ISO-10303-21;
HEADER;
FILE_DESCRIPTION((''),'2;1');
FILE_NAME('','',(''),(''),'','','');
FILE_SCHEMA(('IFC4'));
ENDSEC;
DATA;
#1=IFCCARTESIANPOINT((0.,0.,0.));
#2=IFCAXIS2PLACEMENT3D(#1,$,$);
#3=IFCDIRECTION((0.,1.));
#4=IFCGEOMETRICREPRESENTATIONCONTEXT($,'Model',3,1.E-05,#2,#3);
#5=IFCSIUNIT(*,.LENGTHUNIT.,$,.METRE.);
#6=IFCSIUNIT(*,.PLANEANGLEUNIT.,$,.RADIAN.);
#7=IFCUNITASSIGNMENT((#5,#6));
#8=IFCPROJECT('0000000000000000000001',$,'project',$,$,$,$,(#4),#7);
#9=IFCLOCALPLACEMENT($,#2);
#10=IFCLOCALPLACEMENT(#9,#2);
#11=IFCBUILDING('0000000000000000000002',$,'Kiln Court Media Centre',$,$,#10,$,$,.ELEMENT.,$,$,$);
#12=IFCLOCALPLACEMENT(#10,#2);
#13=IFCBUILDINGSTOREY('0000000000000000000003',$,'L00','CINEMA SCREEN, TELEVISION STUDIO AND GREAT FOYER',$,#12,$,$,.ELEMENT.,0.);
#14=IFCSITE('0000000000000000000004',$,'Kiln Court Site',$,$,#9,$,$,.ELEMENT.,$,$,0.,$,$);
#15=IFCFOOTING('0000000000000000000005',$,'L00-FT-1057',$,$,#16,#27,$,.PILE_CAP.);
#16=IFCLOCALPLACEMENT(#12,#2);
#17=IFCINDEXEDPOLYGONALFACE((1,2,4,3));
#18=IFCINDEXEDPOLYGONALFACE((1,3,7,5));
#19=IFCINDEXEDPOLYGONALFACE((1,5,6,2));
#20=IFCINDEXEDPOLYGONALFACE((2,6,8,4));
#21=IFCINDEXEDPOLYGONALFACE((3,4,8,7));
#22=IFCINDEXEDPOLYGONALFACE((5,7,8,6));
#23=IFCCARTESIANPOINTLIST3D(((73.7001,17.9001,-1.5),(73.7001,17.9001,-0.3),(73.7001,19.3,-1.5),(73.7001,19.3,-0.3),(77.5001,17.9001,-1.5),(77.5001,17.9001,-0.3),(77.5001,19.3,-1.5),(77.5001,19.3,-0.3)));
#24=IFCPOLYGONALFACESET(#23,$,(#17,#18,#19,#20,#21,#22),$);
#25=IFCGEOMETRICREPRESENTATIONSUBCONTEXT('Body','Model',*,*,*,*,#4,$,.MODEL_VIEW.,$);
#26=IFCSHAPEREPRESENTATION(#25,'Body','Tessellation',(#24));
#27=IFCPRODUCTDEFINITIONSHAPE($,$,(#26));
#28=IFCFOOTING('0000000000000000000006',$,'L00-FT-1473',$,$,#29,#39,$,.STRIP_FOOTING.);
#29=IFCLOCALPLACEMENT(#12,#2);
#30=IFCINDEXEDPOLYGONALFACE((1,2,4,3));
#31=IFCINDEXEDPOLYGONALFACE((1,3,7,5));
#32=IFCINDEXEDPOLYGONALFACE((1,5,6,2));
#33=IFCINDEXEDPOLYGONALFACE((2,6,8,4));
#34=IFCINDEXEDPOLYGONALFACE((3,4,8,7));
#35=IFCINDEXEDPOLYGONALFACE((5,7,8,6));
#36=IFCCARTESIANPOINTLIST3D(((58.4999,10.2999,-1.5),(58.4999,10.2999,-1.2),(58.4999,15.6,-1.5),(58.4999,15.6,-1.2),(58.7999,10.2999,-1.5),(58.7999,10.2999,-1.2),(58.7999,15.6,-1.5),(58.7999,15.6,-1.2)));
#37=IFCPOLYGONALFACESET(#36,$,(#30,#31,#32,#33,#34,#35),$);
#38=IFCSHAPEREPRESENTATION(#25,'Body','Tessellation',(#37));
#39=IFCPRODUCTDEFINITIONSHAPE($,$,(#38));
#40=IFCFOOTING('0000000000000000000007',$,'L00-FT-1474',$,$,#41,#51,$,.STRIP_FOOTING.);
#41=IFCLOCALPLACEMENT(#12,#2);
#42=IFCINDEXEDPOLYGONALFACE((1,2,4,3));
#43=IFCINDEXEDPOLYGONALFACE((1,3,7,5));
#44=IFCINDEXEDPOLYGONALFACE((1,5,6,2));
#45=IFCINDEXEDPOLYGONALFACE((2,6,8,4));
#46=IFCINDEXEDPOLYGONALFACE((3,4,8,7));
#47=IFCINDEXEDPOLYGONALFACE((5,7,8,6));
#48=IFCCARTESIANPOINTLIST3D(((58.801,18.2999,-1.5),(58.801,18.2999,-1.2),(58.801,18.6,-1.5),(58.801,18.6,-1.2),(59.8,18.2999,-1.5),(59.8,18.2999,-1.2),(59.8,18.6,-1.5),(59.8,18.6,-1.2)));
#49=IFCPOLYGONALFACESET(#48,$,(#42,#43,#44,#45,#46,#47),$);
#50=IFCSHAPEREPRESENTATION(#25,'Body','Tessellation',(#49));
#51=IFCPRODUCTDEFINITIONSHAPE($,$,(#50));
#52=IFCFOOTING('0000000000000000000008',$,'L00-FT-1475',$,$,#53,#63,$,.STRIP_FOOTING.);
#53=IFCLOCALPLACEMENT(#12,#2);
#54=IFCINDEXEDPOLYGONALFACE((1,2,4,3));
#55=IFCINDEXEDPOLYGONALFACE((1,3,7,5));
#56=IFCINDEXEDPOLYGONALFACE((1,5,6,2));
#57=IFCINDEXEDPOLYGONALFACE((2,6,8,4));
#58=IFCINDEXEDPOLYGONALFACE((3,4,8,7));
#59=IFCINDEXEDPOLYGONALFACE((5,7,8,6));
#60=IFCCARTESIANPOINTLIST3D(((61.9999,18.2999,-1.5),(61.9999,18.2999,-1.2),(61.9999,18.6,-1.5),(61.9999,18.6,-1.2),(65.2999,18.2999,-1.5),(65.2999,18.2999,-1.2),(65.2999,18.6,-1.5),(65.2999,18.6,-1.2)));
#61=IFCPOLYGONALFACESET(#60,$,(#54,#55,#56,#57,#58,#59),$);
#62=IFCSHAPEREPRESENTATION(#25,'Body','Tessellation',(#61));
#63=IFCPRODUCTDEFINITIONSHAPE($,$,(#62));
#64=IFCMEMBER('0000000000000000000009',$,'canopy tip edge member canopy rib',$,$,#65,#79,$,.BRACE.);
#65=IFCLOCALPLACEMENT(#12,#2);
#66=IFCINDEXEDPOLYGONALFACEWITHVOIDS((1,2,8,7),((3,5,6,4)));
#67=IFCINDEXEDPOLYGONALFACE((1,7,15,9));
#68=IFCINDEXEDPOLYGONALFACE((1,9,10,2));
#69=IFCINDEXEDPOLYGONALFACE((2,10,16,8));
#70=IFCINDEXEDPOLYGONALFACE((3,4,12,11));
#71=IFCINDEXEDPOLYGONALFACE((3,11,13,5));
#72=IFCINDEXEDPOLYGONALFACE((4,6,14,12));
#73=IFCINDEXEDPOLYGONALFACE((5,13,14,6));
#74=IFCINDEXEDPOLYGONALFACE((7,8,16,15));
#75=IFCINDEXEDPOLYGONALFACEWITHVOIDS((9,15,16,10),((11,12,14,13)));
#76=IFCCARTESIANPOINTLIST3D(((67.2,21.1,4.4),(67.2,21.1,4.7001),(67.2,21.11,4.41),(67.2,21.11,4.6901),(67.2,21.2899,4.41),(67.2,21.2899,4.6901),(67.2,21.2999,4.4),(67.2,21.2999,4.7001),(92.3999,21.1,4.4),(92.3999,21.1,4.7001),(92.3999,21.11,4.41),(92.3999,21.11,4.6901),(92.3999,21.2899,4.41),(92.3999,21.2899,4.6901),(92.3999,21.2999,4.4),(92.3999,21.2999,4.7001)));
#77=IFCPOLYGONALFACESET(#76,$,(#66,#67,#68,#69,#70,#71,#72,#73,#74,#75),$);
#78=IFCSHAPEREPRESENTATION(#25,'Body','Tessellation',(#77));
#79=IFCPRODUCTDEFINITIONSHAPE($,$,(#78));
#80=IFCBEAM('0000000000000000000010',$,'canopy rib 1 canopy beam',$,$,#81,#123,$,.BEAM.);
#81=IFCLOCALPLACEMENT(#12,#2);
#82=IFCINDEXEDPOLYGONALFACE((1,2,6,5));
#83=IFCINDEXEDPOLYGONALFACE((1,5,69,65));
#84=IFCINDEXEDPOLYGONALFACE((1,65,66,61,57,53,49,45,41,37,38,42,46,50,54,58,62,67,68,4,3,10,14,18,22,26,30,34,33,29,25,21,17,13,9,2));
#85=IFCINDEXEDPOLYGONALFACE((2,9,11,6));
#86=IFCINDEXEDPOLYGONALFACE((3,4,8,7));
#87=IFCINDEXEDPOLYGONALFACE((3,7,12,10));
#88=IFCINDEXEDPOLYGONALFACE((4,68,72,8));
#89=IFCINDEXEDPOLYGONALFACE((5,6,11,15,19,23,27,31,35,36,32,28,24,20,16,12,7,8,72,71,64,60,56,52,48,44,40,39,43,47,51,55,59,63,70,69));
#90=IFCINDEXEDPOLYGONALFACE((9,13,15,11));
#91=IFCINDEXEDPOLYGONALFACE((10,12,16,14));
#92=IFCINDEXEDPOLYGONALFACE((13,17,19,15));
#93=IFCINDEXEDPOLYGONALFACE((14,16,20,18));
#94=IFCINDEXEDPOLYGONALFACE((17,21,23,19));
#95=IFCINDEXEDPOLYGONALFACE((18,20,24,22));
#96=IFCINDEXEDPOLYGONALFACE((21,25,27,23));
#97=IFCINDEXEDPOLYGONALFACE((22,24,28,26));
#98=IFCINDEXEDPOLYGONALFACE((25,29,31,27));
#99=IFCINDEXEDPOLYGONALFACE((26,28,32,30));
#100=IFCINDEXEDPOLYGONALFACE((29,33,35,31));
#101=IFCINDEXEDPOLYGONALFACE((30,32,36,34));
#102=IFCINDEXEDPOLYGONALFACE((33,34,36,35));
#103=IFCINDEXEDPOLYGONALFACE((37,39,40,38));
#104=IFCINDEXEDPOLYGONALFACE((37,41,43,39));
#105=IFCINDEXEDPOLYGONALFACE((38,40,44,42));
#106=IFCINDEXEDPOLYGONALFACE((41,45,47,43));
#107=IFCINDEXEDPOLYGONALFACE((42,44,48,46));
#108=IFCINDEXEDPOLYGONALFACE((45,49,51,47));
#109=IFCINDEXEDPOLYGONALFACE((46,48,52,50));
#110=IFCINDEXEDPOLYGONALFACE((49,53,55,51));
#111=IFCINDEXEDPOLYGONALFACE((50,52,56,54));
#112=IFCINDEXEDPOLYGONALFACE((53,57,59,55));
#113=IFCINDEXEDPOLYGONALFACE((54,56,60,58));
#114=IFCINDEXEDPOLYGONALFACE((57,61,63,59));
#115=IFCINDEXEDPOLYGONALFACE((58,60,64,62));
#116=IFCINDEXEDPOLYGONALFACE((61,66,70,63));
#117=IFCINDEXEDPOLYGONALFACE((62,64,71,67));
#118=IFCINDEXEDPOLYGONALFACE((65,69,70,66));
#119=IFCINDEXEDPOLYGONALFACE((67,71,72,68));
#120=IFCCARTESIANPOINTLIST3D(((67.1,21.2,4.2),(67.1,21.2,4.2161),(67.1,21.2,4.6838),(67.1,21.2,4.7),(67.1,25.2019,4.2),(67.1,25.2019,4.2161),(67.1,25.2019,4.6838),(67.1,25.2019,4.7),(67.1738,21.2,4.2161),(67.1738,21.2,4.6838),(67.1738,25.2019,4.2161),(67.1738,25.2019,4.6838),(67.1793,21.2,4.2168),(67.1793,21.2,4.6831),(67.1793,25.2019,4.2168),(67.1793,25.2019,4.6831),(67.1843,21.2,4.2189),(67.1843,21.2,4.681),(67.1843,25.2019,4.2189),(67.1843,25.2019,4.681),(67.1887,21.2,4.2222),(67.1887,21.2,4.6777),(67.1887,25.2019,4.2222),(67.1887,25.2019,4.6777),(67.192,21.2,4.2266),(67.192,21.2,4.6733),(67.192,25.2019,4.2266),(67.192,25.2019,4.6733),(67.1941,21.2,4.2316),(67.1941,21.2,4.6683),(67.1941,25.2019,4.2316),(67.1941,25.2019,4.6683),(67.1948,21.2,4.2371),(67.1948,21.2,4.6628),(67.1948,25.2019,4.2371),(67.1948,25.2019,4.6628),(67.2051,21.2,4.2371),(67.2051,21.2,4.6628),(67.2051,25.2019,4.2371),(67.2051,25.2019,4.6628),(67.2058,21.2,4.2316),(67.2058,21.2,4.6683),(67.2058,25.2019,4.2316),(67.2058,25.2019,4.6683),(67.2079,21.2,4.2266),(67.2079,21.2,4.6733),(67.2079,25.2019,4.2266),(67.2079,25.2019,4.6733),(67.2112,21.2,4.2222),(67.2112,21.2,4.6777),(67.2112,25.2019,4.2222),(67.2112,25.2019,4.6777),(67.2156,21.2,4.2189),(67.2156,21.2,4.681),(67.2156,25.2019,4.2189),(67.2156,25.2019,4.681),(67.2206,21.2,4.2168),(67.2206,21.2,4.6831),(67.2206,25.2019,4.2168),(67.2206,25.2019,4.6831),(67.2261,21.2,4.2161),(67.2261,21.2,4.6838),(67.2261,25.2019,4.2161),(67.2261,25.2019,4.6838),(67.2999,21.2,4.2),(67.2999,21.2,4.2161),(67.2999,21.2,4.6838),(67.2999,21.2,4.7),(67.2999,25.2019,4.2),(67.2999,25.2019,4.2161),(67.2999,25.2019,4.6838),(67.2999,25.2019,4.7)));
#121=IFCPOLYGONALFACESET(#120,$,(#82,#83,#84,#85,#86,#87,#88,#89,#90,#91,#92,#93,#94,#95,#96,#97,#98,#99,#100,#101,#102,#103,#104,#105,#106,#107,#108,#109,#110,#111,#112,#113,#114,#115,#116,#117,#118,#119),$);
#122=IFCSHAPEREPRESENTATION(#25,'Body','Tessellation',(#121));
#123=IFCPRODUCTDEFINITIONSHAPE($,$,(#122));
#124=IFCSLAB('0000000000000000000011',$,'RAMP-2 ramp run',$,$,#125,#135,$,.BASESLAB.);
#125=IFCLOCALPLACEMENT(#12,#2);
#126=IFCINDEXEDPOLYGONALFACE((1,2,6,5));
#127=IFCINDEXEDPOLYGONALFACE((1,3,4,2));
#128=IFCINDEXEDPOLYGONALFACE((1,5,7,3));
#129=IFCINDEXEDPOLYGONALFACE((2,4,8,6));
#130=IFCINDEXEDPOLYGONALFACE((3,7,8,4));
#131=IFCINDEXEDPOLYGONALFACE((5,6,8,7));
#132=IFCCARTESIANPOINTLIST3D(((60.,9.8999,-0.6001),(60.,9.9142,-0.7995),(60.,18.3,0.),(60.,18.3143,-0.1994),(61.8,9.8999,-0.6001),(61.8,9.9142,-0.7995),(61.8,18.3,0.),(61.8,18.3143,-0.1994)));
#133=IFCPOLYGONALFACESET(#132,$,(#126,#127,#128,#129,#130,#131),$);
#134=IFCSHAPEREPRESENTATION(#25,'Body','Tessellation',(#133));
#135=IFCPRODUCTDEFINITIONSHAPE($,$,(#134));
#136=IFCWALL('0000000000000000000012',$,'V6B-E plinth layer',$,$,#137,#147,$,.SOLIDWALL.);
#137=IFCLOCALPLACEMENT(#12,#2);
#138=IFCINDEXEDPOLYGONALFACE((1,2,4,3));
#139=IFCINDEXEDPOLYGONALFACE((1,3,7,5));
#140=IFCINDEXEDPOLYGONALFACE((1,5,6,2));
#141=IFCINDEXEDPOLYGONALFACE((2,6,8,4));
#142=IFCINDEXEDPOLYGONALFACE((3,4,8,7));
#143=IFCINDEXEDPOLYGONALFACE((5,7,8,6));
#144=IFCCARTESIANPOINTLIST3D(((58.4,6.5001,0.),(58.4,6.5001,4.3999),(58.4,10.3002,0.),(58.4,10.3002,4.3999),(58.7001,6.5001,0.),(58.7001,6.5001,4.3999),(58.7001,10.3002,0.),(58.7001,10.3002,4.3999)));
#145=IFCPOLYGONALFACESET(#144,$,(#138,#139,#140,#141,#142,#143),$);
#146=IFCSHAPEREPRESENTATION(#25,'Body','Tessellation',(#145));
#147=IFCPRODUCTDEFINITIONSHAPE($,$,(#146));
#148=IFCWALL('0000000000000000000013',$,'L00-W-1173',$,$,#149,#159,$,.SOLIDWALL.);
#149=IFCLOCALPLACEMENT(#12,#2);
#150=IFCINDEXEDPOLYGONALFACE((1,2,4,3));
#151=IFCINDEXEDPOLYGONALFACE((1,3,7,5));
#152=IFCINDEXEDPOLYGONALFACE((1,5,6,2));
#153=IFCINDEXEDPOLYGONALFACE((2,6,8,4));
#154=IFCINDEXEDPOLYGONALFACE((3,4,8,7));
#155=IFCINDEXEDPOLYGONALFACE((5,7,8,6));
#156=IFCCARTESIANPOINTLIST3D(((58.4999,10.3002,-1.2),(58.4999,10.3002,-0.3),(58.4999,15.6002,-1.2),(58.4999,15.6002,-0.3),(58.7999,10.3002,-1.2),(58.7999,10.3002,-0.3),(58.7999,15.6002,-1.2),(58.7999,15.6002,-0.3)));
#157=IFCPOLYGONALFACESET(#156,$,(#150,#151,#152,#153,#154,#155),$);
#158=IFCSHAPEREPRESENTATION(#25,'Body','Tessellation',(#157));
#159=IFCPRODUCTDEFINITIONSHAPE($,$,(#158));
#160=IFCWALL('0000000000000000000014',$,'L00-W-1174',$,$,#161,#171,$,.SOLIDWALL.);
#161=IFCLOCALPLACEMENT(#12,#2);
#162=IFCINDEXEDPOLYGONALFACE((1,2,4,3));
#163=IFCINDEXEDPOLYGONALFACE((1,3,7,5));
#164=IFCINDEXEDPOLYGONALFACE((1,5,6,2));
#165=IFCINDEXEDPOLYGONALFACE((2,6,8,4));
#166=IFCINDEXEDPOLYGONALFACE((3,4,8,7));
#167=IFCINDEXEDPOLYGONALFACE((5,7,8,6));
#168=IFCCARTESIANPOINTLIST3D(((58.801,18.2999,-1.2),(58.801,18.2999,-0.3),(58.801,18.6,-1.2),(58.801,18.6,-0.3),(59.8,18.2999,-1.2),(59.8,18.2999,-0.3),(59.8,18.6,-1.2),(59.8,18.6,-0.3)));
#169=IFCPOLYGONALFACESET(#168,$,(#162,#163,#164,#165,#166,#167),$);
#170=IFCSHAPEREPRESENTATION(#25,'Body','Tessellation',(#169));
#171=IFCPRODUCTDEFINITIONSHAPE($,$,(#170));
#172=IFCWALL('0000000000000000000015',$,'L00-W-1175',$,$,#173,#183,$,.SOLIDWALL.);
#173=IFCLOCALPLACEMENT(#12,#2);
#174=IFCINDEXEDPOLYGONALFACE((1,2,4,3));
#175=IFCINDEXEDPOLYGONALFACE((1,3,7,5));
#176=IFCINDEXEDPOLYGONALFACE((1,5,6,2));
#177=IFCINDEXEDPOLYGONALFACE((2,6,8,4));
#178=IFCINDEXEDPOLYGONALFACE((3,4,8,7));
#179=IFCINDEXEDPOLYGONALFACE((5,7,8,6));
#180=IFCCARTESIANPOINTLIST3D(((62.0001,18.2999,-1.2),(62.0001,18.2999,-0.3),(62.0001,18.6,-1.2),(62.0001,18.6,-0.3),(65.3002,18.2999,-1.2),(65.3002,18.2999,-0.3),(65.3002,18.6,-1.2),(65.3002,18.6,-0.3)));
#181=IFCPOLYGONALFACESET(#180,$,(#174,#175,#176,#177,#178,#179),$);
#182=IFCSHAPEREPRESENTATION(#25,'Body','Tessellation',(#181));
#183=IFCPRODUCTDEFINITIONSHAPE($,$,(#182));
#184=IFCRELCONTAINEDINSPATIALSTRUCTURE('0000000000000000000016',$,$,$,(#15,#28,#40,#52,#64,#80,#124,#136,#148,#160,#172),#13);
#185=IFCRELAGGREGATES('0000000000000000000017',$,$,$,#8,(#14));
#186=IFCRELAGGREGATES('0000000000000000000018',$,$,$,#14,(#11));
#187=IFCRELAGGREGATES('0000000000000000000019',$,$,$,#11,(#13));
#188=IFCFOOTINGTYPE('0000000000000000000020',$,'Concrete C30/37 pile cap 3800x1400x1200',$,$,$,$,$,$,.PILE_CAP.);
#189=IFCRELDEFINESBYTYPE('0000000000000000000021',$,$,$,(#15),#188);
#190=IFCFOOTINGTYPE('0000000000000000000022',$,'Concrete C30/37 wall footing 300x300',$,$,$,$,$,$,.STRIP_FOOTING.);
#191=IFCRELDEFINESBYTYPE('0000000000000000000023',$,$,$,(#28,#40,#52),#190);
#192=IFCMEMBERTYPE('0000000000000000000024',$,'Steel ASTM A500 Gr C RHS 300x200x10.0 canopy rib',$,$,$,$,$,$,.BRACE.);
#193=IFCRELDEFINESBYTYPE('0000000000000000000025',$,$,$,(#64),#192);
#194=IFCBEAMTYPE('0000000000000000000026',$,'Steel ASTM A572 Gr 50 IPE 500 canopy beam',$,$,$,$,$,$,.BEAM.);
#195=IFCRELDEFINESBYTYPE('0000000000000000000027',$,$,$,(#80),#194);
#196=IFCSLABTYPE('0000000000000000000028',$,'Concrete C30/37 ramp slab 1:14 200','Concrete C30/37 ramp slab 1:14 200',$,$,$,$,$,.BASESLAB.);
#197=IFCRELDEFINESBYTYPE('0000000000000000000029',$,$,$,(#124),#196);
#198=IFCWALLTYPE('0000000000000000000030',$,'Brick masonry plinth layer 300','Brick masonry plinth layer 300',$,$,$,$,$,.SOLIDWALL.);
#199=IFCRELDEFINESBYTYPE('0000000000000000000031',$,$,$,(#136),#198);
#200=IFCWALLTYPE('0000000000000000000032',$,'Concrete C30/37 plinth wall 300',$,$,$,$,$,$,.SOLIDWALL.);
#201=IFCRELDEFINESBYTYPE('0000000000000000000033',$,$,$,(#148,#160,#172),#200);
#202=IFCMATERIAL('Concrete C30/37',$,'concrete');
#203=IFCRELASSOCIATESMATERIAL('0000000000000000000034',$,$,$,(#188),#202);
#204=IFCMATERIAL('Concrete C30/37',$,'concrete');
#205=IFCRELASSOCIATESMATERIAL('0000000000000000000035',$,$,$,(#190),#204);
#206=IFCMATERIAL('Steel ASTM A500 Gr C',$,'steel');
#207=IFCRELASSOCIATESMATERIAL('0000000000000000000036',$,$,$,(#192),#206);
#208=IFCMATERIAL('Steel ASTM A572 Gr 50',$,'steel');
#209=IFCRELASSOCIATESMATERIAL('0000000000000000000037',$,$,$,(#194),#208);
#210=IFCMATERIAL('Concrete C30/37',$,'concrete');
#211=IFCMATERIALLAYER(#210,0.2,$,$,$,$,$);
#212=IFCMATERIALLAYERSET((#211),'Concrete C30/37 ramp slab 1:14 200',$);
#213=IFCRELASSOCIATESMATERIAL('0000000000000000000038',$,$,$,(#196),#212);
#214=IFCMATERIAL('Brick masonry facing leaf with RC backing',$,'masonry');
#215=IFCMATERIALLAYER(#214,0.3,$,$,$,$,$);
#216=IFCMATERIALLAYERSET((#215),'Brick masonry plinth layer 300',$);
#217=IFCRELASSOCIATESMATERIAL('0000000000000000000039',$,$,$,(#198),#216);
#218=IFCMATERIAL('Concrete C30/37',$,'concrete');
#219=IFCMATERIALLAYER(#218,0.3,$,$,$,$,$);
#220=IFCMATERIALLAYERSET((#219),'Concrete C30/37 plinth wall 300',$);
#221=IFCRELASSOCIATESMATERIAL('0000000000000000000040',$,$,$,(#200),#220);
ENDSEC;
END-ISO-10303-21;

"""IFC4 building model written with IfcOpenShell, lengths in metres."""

from ifc_helpers import new_model, si_unit, direction, frame, frame_2d, origin, origin_2d, place, context, subcontext, project, spatial, polyline, rectangle, hollow_rectangle, i_section, outline, extrude, material, layer, layer_set, material_profile, profile_set, type_object, element, save


model = new_model("IFC4")

# Units and contexts
model_context = context("Model", 3, precision=1e-05, world=origin(), true_north=direction((0.0, 1.0)))
body_context = subcontext(model_context, "Body", "Model", "MODEL_VIEW")
ifc_project = project(units=[si_unit("LENGTHUNIT", "METRE"), si_unit("PLANEANGLEUNIT", "RADIAN")], contexts=[model_context])

# Site, building, storey
site_placement = place(None, origin())
site = spatial("IfcSite", under=ifc_project, at=site_placement, Name="Kiln Court Site", CompositionType="ELEMENT", RefElevation=0.0)
building_placement = place(site_placement, origin())
building = spatial("IfcBuilding", under=site, at=building_placement, Name="Kiln Court Media Centre", CompositionType="ELEMENT")
storey_placement = place(building_placement, origin())
storey = spatial("IfcBuildingStorey", under=building, at=storey_placement, Name="L00", Description="CINEMA SCREEN, TELEVISION STUDIO AND GREAT FOYER", CompositionType="ELEMENT", Elevation=0.0)

# Footings
ifc_material_1 = material(Name="Concrete C30/37", Category="concrete")
footing_type_1 = type_object("IfcFootingType", Name="Concrete C30/37 pile cap 3800x1400x1200", PredefinedType="PILE_CAP", material=ifc_material_1)
for number, where, z_axis, x_axis, name in (
    (1, (75.6001, 18.6001, -1.5), (0.0, 0.0, 1.0), (1.0, 0.0, 0.0), "L00-FT-1057"),
):
    element("IfcFooting", number, at=place(storey_placement, frame(where, z_axis=z_axis, x_axis=x_axis)), inside=storey, type_object=footing_type_1, Name=name, PredefinedType="PILE_CAP", context=body_context, shape_type="SweptSolid", body=[
        extrude(rectangle(XDim=3.8, YDim=1.3999, at=origin_2d()), origin(), (0.0, 0.0, 1.0), 1.2),
    ])
ifc_material_2 = material(Name="Concrete C30/37", Category="concrete")
footing_type_2 = type_object("IfcFootingType", Name="Concrete C30/37 wall footing 300x300", PredefinedType="STRIP_FOOTING", material=ifc_material_2)
footing_1_placement = place(storey_placement, frame((58.6499, 12.95, -1.5), z_axis=(0.0, 0.0, 1.0), x_axis=(1.0, 0.0, 0.0)))
element("IfcFooting", 2, at=footing_1_placement, inside=storey, type_object=footing_type_2, Name="L00-FT-1473", PredefinedType="STRIP_FOOTING", context=body_context, shape_type="SweptSolid", body=[
    extrude(rectangle(XDim=0.3, YDim=5.3, at=origin_2d()), origin(), (0.0, 0.0, 1.0), 0.3),
])
footing_2_placement = place(storey_placement, frame((59.3005, 18.45, -1.5), z_axis=(0.0, 0.0, 1.0), x_axis=(1.0, 0.0, 0.0)))
element("IfcFooting", 3, at=footing_2_placement, inside=storey, type_object=footing_type_2, Name="L00-FT-1474", PredefinedType="STRIP_FOOTING", context=body_context, shape_type="SweptSolid", body=[
    extrude(rectangle(XDim=0.999, YDim=0.3, at=origin_2d()), origin(), (0.0, 0.0, 1.0), 0.3),
])
footing_3_placement = place(storey_placement, frame((63.6499, 18.45, -1.5), z_axis=(0.0, 0.0, 1.0), x_axis=(1.0, 0.0, 0.0)))
element("IfcFooting", 4, at=footing_3_placement, inside=storey, type_object=footing_type_2, Name="L00-FT-1475", PredefinedType="STRIP_FOOTING", context=body_context, shape_type="SweptSolid", body=[
    extrude(rectangle(XDim=3.3, YDim=0.3, at=origin_2d()), origin(), (0.0, 0.0, 1.0), 0.3),
])

# Member
ifc_material_3 = material(Name="Steel ASTM A500 Gr C", Category="steel")
ifc_material_profile_1 = material_profile(ifc_material_3, hollow_rectangle(XDim=0.2, YDim=0.3, WallThickness=0.01, at=origin_2d()), Name="RHS 300x200x10.0")
ifc_profile_set_1 = profile_set([ifc_material_profile_1], Name="Steel ASTM A500 Gr C")
member_type = type_object("IfcMemberType", Name="Steel ASTM A500 Gr C RHS 300x200x10.0 canopy rib", PredefinedType="BRACE", material=ifc_profile_set_1)
member_placement = place(storey_placement, frame((67.2, 21.2, 4.55), z_axis=(1.0, 0.0, 0.0), x_axis=(0.0, 1.0, 0.0)))
element("IfcMember", 5, at=member_placement, inside=storey, type_object=member_type, Name="canopy tip edge member canopy rib", PredefinedType="BRACE", context=body_context, shape_type="SweptSolid", body=[
    extrude(hollow_rectangle(XDim=0.2, YDim=0.3, WallThickness=0.01, at=origin_2d()), origin(), (0.0, 0.0, 1.0), 25.2),
])

# Beam
ifc_material_4 = material(Name="Steel ASTM A572 Gr 50", Category="steel")
ifc_material_profile_2 = material_profile(ifc_material_4, i_section(OverallWidth=0.2, OverallDepth=0.5, WebThickness=0.0103, FlangeThickness=0.0161, FilletRadius=0.021, at=origin_2d()), Name="IPE 500")
ifc_profile_set_2 = profile_set([ifc_material_profile_2], Name="Steel ASTM A572 Gr 50")
beam_type = type_object("IfcBeamType", Name="Steel ASTM A572 Gr 50 IPE 500 canopy beam", PredefinedType="BEAM", material=ifc_profile_set_2)
beam_placement = place(storey_placement, frame((67.2, 21.2, 4.45), z_axis=(0.0, 1.0, 0.0), x_axis=(-1.0, 0.0, 0.0)))
element("IfcBeam", 6, at=beam_placement, inside=storey, type_object=beam_type, Name="canopy rib 1 canopy beam", PredefinedType="BEAM", context=body_context, shape_type="SweptSolid", body=[
    extrude(i_section(OverallWidth=0.2, OverallDepth=0.5, WebThickness=0.0103, FlangeThickness=0.0161, FilletRadius=0.021, at=origin_2d()), origin(), (0.0, 0.0, 1.0), 4.002),
])

# Slab
ifc_material_5 = material(Name="Concrete C30/37", Category="concrete")
ifc_layer_1 = layer(ifc_material_5, 0.2)
ifc_layer_set_1 = layer_set([ifc_layer_1], Name="Concrete C30/37 ramp slab 1:14 200")
slab_type = type_object("IfcSlabType", Name="Concrete C30/37 ramp slab 1:14 200", Description="Concrete C30/37 ramp slab 1:14 200", PredefinedType="BASESLAB", material=ifc_layer_set_1)
slab_placement = place(storey_placement, frame((60.0, 9.8999, -0.6001), z_axis=(0.0, -0.071257, 0.997458), x_axis=(1.0, 0.0, 0.0)))
element("IfcSlab", 7, at=slab_placement, inside=storey, type_object=slab_type, Name="RAMP-2 ramp run", PredefinedType="BASESLAB", context=body_context, shape_type="SweptSolid", body=[
    extrude(outline(polyline([(0.0, 0.0), (1.8, 0.0), (1.8, 8.4216), (0.0, 8.4216), (0.0, 0.0)])), origin(), (0.0, 0.0, -1.0), 0.2),
])

# Walls
ifc_material_6 = material(Name="Brick masonry facing leaf with RC backing", Category="masonry")
ifc_layer_2 = layer(ifc_material_6, 0.3)
ifc_layer_set_2 = layer_set([ifc_layer_2], Name="Brick masonry plinth layer 300")
wall_type_1 = type_object("IfcWallType", Name="Brick masonry plinth layer 300", Description="Brick masonry plinth layer 300", PredefinedType="SOLIDWALL", material=ifc_layer_set_2)
wall_1_placement = place(storey_placement, frame((58.55, 10.3, 0.0), z_axis=(0.0, 0.0, 1.0), x_axis=(0.0, -1.0, 0.0)))
element("IfcWall", 8, at=wall_1_placement, inside=storey, type_object=wall_type_1, Name="V6B-E plinth layer", PredefinedType="SOLIDWALL", context=body_context, shape_type="SweptSolid", body=[
    extrude(rectangle(XDim=3.8, YDim=0.3, at=frame_2d((1.8999, 0.0))), origin(), (0.0, 0.0, 1.0), 4.3999),
])
ifc_material_7 = material(Name="Concrete C30/37", Category="concrete")
ifc_layer_3 = layer(ifc_material_7, 0.3)
ifc_layer_set_3 = layer_set([ifc_layer_3], Name="Concrete C30/37 plinth wall 300")
wall_type_2 = type_object("IfcWallType", Name="Concrete C30/37 plinth wall 300", PredefinedType="SOLIDWALL", material=ifc_layer_set_3)
wall_2_placement = place(storey_placement, frame((58.6499, 15.6001, -1.2), z_axis=(0.0, 0.0, 1.0), x_axis=(0.0, -1.0, 0.0)))
element("IfcWall", 9, at=wall_2_placement, inside=storey, type_object=wall_type_2, Name="L00-W-1173", PredefinedType="SOLIDWALL", context=body_context, shape_type="SweptSolid", body=[
    extrude(rectangle(XDim=5.3, YDim=0.3, at=frame_2d((2.6499, 0.0))), origin(), (0.0, 0.0, 1.0), 0.8999),
])
wall_3_placement = place(storey_placement, frame((59.8, 18.45, -1.2), z_axis=(0.0, 0.0, 1.0), x_axis=(-1.0, 0.0, 0.0)))
element("IfcWall", 10, at=wall_3_placement, inside=storey, type_object=wall_type_2, Name="L00-W-1174", PredefinedType="SOLIDWALL", context=body_context, shape_type="SweptSolid", body=[
    extrude(rectangle(XDim=0.999, YDim=0.3, at=frame_2d((0.4995, 0.0))), origin(), (0.0, 0.0, 1.0), 0.8999),
])
wall_4_placement = place(storey_placement, frame((65.3, 18.45, -1.2), z_axis=(0.0, 0.0, 1.0), x_axis=(-1.0, 0.0, 0.0)))
element("IfcWall", 11, at=wall_4_placement, inside=storey, type_object=wall_type_2, Name="L00-W-1175", PredefinedType="SOLIDWALL", context=body_context, shape_type="SweptSolid", body=[
    extrude(rectangle(XDim=3.3, YDim=0.3, at=frame_2d((1.6499, 0.0))), origin(), (0.0, 0.0, 1.0), 0.8999),
])

save(model, "model.ifc")
